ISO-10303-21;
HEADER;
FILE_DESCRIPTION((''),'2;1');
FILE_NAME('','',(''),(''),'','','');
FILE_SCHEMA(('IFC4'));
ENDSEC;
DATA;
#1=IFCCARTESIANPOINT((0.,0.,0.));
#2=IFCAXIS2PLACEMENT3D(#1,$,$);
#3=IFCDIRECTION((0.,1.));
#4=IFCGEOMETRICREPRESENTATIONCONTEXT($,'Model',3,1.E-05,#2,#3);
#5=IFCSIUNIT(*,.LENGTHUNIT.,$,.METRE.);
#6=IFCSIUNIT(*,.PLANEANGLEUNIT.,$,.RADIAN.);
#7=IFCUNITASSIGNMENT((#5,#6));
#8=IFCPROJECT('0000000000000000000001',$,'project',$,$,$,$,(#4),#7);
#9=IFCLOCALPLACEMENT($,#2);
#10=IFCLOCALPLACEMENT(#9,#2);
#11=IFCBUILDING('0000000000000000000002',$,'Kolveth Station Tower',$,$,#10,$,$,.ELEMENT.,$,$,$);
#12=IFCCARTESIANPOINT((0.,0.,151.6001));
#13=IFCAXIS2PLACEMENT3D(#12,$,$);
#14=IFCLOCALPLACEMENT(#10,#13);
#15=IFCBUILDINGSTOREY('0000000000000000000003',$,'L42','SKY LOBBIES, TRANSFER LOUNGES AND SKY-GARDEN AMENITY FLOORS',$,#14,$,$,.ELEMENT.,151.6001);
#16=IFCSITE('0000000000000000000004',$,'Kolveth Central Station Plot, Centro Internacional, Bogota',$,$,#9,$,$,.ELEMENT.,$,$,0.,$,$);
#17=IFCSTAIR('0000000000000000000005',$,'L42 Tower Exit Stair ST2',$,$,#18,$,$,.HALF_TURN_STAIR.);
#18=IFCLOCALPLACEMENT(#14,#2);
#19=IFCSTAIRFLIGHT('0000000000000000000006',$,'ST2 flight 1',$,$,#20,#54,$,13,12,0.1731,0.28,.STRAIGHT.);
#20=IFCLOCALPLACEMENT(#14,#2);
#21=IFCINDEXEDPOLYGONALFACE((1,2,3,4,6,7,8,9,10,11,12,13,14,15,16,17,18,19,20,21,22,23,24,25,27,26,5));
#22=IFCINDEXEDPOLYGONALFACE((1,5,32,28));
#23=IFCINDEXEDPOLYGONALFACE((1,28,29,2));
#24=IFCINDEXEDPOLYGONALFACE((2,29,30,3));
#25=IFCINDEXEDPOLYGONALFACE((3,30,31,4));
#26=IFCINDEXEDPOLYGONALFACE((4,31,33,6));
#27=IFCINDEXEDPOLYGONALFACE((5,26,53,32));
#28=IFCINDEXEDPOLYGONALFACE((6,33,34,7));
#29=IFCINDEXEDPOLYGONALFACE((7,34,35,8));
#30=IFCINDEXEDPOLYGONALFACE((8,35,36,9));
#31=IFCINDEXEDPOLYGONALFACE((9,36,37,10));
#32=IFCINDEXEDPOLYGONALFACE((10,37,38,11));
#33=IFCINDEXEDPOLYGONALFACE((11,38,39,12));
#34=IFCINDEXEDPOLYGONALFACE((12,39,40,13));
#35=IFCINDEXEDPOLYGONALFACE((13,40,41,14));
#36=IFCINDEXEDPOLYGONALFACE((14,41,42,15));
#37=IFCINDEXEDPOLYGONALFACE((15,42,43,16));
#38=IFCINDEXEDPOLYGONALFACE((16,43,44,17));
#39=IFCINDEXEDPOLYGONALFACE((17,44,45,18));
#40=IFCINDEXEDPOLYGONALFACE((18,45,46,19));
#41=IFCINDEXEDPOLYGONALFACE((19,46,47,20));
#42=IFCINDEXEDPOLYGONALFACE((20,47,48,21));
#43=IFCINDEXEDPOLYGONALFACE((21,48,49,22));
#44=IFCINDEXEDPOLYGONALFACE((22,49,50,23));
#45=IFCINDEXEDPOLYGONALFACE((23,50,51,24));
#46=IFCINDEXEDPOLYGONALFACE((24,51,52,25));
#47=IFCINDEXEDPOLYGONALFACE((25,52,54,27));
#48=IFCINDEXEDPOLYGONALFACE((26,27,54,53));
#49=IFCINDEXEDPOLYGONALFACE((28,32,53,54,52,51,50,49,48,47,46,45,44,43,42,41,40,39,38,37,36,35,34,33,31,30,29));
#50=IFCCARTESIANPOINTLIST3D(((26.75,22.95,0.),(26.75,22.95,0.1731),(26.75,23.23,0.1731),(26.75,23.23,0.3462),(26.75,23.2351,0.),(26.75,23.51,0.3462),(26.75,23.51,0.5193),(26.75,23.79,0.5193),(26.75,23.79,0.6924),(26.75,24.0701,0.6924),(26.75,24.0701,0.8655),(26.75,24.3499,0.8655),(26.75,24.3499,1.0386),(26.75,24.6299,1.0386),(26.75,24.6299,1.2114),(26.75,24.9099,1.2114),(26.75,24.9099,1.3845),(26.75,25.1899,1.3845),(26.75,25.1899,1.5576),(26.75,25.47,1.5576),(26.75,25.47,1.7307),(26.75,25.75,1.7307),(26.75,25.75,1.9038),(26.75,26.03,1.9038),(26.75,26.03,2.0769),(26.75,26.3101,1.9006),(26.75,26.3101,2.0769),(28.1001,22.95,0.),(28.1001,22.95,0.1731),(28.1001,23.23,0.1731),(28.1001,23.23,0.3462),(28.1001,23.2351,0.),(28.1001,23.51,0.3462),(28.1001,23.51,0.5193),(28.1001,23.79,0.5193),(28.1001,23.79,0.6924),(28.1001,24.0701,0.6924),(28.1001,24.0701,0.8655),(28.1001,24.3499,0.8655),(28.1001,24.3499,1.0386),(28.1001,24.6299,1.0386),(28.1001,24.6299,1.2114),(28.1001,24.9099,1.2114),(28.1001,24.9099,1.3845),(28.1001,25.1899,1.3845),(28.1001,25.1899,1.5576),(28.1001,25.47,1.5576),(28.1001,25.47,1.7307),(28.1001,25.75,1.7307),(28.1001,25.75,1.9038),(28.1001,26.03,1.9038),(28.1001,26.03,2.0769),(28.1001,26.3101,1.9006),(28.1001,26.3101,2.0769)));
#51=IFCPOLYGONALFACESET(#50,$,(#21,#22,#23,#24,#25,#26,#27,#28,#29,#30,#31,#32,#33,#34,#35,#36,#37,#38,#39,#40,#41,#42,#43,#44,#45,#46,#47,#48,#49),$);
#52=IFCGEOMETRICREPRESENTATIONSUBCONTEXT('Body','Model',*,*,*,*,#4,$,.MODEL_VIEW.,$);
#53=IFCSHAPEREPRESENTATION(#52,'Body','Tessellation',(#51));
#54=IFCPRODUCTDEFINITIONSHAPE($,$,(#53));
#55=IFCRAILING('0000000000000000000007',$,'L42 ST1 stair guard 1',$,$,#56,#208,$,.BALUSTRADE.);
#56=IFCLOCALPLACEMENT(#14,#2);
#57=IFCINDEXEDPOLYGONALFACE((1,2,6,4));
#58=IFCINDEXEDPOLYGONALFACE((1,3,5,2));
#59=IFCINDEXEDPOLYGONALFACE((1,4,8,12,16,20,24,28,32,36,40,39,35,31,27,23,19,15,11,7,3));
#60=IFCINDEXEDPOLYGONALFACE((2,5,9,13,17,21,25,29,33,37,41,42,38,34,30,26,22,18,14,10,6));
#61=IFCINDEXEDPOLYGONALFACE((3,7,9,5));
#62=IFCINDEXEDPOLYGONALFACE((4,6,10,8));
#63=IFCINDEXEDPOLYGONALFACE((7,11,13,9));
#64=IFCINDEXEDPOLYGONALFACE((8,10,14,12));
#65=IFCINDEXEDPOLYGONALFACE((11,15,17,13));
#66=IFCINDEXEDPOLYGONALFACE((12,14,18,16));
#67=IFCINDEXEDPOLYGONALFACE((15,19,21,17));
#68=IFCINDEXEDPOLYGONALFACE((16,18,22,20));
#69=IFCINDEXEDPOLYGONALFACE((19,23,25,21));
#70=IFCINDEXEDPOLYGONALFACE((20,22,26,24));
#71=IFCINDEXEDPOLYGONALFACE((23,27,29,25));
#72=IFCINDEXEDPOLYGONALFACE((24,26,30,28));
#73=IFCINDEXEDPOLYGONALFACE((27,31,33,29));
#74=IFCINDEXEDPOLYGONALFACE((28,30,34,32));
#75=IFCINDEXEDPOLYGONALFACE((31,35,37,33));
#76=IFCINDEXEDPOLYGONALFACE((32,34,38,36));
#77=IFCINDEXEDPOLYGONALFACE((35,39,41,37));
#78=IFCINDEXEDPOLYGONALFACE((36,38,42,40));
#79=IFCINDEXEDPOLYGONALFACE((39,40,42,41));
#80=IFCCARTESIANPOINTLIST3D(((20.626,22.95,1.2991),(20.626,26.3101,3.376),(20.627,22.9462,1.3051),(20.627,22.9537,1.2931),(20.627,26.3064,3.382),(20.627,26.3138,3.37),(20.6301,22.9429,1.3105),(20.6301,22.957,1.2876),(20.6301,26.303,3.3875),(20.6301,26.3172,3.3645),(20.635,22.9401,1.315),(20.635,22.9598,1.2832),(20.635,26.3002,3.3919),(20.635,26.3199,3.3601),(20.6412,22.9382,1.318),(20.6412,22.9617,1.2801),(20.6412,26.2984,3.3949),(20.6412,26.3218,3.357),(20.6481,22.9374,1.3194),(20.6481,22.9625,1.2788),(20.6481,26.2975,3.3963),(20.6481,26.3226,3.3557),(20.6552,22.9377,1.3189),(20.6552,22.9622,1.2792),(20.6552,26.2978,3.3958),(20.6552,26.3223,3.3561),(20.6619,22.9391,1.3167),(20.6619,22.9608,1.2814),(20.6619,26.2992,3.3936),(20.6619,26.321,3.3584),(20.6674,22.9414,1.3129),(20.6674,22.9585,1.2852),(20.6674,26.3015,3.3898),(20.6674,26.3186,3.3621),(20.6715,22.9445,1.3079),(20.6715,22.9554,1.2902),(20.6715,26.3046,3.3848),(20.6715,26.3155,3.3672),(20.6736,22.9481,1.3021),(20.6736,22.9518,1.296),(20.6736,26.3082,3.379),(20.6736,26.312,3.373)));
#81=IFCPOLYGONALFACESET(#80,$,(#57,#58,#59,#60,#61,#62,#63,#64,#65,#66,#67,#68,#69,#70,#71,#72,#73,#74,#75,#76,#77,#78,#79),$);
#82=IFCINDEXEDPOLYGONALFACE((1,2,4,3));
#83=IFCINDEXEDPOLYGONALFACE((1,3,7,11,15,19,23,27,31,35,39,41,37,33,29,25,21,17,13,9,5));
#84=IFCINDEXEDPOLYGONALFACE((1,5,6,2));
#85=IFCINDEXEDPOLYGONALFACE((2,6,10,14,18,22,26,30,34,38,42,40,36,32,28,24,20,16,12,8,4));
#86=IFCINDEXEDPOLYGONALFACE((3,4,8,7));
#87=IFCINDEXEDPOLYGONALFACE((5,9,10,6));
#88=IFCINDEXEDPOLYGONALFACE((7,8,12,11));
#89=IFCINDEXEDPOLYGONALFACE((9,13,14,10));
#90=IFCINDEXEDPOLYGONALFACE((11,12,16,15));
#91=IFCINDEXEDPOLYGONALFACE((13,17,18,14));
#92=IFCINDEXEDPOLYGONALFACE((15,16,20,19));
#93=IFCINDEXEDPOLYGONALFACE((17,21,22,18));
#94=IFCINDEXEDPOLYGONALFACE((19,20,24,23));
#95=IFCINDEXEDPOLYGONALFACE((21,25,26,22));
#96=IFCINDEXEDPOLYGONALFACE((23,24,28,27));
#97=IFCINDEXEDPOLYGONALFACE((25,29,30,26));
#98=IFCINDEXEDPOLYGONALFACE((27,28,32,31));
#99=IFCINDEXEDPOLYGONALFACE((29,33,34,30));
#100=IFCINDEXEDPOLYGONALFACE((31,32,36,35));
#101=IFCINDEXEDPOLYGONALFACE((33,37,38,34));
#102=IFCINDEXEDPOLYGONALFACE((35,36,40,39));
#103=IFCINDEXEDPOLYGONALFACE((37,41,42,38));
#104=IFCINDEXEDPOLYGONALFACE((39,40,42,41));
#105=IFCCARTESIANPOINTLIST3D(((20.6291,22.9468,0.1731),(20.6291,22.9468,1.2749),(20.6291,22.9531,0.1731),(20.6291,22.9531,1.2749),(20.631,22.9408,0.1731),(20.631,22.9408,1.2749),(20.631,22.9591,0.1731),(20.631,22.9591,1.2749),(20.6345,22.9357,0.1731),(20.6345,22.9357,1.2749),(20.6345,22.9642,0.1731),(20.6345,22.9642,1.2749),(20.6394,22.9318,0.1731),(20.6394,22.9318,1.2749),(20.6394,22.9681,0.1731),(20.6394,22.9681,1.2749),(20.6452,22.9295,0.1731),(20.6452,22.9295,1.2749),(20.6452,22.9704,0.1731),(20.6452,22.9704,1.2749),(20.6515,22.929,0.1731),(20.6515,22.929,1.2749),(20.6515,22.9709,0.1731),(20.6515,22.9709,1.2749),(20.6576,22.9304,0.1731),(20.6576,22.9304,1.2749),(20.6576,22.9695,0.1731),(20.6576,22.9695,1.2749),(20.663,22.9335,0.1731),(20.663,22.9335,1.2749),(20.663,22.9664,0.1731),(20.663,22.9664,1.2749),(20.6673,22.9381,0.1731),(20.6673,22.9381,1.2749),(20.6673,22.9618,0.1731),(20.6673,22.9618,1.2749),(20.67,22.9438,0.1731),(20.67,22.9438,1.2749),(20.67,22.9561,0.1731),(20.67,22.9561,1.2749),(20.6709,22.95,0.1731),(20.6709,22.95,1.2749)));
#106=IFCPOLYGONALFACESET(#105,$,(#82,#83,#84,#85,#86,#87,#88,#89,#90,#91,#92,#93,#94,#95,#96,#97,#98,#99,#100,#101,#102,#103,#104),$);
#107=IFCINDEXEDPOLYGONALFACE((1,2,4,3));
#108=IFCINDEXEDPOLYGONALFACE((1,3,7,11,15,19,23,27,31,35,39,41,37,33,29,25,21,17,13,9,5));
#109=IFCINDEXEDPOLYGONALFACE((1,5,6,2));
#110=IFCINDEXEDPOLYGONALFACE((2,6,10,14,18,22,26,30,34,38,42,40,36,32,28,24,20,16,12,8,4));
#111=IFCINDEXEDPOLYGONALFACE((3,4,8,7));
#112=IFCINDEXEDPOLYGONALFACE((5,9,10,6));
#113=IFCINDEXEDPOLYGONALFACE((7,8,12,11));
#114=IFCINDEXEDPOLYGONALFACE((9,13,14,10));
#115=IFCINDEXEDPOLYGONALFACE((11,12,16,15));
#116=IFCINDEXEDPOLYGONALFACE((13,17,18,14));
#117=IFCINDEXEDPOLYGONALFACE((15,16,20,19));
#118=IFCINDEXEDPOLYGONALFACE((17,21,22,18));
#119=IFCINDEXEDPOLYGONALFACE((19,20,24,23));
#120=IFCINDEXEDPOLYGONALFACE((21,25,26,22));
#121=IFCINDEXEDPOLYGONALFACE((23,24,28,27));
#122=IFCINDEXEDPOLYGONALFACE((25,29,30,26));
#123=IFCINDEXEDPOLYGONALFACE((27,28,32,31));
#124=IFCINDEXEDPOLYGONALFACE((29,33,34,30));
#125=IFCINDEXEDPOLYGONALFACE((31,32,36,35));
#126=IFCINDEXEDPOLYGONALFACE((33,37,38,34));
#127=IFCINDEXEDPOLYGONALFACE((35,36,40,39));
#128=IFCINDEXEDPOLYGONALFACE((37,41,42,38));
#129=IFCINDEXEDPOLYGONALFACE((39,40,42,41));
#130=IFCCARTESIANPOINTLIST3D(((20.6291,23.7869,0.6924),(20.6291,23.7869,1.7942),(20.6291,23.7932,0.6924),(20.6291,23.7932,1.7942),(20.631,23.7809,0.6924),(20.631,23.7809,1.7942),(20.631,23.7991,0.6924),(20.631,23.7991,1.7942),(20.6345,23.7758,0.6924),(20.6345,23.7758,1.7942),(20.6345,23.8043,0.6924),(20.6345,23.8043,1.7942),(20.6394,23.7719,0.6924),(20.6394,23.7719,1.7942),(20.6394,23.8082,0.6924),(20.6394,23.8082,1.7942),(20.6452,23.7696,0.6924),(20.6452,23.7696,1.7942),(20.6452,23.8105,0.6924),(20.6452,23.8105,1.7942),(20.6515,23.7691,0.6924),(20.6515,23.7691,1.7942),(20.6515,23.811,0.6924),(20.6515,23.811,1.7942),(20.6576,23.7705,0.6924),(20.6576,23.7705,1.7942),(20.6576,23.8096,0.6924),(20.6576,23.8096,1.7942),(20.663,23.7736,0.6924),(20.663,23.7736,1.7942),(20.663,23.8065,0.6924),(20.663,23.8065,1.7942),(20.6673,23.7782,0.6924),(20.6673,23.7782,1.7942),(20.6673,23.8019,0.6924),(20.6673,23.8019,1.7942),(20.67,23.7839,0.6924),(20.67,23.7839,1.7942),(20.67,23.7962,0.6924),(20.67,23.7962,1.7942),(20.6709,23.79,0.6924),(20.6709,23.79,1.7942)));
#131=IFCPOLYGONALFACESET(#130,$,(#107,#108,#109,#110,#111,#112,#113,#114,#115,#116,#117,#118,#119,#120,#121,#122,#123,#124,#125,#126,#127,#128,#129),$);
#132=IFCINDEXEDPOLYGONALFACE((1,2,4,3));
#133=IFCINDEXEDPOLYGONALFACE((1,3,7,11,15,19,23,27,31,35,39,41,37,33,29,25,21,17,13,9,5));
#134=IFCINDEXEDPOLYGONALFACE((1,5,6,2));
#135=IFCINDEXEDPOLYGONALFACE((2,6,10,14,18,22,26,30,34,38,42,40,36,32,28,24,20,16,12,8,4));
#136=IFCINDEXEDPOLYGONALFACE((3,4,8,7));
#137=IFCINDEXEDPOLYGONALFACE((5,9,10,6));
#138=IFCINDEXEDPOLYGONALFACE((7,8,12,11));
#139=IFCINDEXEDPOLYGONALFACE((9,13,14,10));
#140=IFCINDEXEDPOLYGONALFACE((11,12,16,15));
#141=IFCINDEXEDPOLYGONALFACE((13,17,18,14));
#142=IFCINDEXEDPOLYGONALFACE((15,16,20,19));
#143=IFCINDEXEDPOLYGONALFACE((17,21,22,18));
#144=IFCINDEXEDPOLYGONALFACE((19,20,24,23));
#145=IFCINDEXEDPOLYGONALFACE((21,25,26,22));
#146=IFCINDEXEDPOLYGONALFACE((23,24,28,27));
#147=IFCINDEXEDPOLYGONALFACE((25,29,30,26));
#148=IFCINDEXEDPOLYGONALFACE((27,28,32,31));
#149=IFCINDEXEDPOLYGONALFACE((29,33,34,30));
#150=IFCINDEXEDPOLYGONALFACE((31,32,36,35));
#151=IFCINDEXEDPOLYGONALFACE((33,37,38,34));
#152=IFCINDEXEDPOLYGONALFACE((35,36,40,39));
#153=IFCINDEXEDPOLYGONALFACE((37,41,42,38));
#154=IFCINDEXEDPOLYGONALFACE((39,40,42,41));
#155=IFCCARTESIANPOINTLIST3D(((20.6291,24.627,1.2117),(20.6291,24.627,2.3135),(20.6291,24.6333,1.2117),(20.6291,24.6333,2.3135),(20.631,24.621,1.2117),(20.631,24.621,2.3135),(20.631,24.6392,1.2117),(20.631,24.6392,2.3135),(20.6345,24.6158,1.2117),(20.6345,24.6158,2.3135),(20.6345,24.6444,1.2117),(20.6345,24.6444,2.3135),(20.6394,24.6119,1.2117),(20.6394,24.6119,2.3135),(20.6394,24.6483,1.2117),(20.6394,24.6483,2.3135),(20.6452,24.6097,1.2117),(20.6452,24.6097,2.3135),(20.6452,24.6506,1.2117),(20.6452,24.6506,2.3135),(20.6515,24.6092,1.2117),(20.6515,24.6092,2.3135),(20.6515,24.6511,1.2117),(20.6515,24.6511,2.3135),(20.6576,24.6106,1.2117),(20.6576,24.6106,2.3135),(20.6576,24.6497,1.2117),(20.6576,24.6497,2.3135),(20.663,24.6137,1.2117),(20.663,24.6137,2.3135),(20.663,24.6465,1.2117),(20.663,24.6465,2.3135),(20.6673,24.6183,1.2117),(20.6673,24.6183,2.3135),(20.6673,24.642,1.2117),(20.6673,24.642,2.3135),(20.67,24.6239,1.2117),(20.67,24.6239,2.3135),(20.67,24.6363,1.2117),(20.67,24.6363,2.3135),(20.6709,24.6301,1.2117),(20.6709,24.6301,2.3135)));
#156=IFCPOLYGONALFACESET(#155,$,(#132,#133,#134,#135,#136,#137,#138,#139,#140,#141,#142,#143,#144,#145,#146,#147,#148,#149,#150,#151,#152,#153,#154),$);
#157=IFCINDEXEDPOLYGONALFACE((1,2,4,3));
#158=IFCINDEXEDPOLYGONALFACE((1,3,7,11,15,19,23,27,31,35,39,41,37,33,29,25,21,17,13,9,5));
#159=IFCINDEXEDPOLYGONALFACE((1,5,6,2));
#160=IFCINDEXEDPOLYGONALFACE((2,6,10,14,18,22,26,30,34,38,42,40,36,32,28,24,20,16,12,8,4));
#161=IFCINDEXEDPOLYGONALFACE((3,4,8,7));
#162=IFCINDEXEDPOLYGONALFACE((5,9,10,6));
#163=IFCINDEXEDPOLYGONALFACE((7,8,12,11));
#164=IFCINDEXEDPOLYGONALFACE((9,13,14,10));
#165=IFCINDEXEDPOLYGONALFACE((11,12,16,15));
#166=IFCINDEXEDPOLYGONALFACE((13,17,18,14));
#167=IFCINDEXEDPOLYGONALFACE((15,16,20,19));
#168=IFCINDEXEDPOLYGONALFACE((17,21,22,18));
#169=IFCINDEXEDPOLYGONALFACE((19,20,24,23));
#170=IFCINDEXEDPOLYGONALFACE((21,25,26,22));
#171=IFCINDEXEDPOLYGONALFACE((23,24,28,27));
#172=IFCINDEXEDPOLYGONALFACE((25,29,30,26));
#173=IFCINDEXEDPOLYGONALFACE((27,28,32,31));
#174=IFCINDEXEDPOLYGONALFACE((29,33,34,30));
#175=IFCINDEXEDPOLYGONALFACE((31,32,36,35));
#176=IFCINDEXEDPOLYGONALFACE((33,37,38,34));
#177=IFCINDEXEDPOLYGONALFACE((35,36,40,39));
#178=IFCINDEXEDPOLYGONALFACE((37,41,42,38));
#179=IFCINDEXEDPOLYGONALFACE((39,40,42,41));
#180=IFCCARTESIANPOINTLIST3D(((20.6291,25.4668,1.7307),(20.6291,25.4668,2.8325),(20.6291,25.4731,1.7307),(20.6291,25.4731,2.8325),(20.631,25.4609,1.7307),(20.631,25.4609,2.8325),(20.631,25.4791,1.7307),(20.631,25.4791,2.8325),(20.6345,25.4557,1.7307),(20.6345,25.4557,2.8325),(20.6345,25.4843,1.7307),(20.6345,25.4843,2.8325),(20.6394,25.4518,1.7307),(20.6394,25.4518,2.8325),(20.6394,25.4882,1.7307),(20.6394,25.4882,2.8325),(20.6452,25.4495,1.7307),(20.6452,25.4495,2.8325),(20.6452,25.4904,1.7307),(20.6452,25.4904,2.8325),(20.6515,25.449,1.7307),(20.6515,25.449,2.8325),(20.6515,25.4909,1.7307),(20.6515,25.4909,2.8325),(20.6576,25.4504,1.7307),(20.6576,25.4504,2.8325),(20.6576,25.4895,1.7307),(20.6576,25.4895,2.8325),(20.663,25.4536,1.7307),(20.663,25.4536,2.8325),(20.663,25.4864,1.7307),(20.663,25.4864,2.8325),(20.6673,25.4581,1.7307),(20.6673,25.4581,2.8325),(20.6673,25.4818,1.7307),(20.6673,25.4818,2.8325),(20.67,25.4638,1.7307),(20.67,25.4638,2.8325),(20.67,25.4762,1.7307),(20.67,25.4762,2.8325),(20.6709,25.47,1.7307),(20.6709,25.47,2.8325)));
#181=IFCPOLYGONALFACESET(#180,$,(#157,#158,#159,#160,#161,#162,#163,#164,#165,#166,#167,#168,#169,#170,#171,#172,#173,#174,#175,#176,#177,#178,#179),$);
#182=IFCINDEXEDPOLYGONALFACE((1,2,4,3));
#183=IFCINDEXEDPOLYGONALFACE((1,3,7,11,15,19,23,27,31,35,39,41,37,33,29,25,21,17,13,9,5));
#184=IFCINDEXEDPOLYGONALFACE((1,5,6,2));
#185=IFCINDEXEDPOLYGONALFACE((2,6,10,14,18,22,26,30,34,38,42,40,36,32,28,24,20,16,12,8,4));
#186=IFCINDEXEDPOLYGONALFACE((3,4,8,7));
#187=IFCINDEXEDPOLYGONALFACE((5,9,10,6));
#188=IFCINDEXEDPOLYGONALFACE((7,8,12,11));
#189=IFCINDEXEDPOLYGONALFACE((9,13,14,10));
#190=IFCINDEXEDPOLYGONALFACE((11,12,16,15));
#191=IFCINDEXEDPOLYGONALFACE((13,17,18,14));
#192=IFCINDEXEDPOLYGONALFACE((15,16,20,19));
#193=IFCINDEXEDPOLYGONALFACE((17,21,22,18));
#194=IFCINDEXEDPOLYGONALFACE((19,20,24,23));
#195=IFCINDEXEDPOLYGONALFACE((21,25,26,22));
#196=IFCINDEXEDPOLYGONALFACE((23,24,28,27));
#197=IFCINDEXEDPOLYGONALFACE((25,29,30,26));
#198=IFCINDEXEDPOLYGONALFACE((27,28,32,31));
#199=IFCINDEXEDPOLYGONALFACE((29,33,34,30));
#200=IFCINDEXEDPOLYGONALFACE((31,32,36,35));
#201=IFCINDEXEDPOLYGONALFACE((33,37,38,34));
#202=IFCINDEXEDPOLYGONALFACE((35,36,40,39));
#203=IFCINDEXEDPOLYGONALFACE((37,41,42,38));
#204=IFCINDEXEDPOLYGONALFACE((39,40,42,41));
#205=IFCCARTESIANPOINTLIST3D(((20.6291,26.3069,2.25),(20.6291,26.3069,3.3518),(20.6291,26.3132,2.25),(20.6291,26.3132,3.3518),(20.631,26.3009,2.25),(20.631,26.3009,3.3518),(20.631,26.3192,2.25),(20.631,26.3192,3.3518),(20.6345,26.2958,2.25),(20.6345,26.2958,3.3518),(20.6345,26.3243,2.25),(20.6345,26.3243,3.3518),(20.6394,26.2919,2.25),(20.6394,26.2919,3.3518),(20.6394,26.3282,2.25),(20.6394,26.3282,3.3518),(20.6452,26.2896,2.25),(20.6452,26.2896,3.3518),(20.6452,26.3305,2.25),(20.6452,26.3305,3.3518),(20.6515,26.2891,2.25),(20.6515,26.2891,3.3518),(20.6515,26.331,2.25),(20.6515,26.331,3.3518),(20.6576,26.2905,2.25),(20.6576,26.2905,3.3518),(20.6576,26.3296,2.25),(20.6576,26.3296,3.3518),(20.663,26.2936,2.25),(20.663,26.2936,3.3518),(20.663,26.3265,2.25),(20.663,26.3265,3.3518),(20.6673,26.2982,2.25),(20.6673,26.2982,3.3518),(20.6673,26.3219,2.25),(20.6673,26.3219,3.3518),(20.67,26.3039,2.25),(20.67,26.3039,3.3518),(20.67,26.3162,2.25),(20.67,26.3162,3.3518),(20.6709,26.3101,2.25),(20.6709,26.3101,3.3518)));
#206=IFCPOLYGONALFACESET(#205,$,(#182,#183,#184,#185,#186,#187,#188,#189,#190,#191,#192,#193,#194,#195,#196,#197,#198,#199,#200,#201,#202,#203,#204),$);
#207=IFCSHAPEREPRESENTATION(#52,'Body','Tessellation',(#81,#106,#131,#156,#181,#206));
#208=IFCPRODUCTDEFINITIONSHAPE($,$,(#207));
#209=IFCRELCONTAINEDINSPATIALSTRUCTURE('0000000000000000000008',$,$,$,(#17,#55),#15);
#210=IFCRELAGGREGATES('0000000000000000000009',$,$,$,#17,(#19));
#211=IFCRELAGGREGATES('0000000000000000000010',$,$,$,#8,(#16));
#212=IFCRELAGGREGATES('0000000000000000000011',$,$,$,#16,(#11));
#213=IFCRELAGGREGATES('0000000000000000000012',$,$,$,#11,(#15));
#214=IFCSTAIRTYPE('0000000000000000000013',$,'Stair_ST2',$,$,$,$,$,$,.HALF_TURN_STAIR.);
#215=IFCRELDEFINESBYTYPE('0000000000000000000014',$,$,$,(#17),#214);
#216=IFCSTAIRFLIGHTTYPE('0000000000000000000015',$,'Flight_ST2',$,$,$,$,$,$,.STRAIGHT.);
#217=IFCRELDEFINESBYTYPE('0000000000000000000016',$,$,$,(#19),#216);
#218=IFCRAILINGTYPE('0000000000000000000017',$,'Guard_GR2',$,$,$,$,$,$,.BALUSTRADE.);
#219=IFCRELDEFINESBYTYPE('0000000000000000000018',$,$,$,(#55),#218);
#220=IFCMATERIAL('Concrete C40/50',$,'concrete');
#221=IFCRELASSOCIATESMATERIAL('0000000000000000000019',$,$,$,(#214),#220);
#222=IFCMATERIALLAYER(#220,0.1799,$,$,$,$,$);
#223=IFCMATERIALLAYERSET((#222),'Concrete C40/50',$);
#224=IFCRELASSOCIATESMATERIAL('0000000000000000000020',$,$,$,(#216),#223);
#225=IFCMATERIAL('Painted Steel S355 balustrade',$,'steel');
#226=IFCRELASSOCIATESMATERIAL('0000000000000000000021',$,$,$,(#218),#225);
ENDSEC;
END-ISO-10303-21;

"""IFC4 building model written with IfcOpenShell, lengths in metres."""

from ifc_helpers import new_model, si_unit, direction, frame, origin, origin_2d, place, context, subcontext, project, spatial, polyline, circle, outline, extrude, material, layer, layer_set, type_object, element, aggregate, save


model = new_model("IFC4")

# Units and contexts
model_context = context("Model", 3, precision=1e-05, world=origin(), true_north=direction((0.0, 1.0)))
body_context = subcontext(model_context, "Body", "Model", "MODEL_VIEW")
ifc_project = project(units=[si_unit("LENGTHUNIT", "METRE"), si_unit("PLANEANGLEUNIT", "RADIAN")], contexts=[model_context])

# Site, building, storey
site_placement = place(None, origin())
site = spatial("IfcSite", under=ifc_project, at=site_placement, Name="Kolveth Central Station Plot, Centro Internacional, Bogota", CompositionType="ELEMENT", RefElevation=0.0)
building_placement = place(site_placement, origin())
building = spatial("IfcBuilding", under=site, at=building_placement, Name="Kolveth Station Tower", CompositionType="ELEMENT")
storey_placement = place(building_placement, frame((0.0, 0.0, 151.6001)))
storey = spatial("IfcBuildingStorey", under=building, at=storey_placement, Name="L42", Description="SKY LOBBIES, TRANSFER LOUNGES AND SKY-GARDEN AMENITY FLOORS", CompositionType="ELEMENT", Elevation=151.6001)

# Shared definitions
ifc_material_1 = material(Name="Concrete C40/50", Category="concrete")

# Stair, stair flight
stair_type_1 = type_object("IfcStairType", Name="Stair_ST2", PredefinedType="HALF_TURN_STAIR", material=ifc_material_1)
stair_1_placement = place(storey_placement, origin())
stair_1 = element("IfcStair", 1, at=stair_1_placement, inside=storey, type_object=stair_type_1, Name="L42 Tower Exit Stair ST2", PredefinedType="HALF_TURN_STAIR")
ifc_layer_1 = layer(ifc_material_1, 0.1799)
ifc_layer_set_1 = layer_set([ifc_layer_1], Name="Concrete C40/50")
stair_flight_type_1 = type_object("IfcStairFlightType", Name="Flight_ST2", PredefinedType="STRAIGHT", material=ifc_layer_set_1)
stair_flight_1_placement = place(storey_placement, frame((27.425, 22.95, 0.0), z_axis=(0.0, 0.0, 1.0), x_axis=(0.0, 1.0, 0.0)))
stair_flight_1 = element("IfcStairFlight", 2, at=stair_flight_1_placement, type_object=stair_flight_type_1, Name="ST2 flight 1", NumberOfRisers=13, NumberOfTreads=12, PredefinedType="STRAIGHT", RiserHeight=0.1731, TreadLength=0.28, context=body_context, shape_type="SweptSolid", body=[
    extrude(outline(polyline([(0.0, 0.0), (0.0, 0.1731), (0.28, 0.1731), (0.28, 0.3462), (0.5601, 0.3462), (0.5601, 0.5193), (0.8401, 0.5193), (0.8401, 0.6924), (1.1201, 0.6924), (1.1201, 0.8655), (1.3999, 0.8655), (1.3999, 1.0386), (1.6799, 1.0386), (1.6799, 1.2114), (1.96, 1.2114), (1.96, 1.3845), (2.24, 1.3845), (2.24, 1.5576), (2.52, 1.5576), (2.52, 1.7307), (2.8, 1.7307), (2.8, 1.9038), (3.0801, 1.9038), (3.0801, 2.0769), (3.3601, 2.0769), (3.3601, 2.25), (3.3601, 1.9006), (0.2852, 0.0), (0.0, 0.0)])), frame((0.0, 0.675, 0.0), z_axis=(0.0, -1.0, 0.0), x_axis=(1.0, 0.0, 0.0)), (0.0, 0.0, 1.0), 1.3501),
])
aggregate(stair_1, [stair_flight_1])

# Railing
ifc_material_2 = material(Name="Painted Steel S355 balustrade", Category="steel")
railing_type_1 = type_object("IfcRailingType", Name="Guard_GR2", PredefinedType="BALUSTRADE", material=ifc_material_2)
for number, where, name in (
    (3, (20.6499, 22.95, 0.1731), "L42 ST1 stair guard 1"),
):
    element("IfcRailing", number, at=place(storey_placement, frame(where)), inside=storey, type_object=railing_type_1, Name=name, PredefinedType="BALUSTRADE", context=body_context, shape_type="SweptSolid", body=[
        extrude(circle(Radius=0.0239, at=origin_2d()), frame((0.0, 0.0, 1.126), z_axis=(0.0, 0.850623, 0.525776), x_axis=(-1.0, 0.0, 0.0)), (0.0, 0.0, 1.0), 3.9502),
        extrude(circle(Radius=0.021, at=origin_2d()), origin(), (0.0, 0.0, 1.0), 1.1018),
        extrude(circle(Radius=0.021, at=origin_2d()), frame((0.0, 0.8401, 0.5193)), (0.0, 0.0, 1.0), 1.1018),
        extrude(circle(Radius=0.021, at=origin_2d()), frame((0.0, 1.6802, 1.0386)), (0.0, 0.0, 1.0), 1.1018),
        extrude(circle(Radius=0.021, at=origin_2d()), frame((0.0, 2.52, 1.5576)), (0.0, 0.0, 1.0), 1.1018),
        extrude(circle(Radius=0.021, at=origin_2d()), frame((0.0, 3.3601, 2.0769)), (0.0, 0.0, 1.0), 1.1018),
    ])

save(model, "model.ifc")
